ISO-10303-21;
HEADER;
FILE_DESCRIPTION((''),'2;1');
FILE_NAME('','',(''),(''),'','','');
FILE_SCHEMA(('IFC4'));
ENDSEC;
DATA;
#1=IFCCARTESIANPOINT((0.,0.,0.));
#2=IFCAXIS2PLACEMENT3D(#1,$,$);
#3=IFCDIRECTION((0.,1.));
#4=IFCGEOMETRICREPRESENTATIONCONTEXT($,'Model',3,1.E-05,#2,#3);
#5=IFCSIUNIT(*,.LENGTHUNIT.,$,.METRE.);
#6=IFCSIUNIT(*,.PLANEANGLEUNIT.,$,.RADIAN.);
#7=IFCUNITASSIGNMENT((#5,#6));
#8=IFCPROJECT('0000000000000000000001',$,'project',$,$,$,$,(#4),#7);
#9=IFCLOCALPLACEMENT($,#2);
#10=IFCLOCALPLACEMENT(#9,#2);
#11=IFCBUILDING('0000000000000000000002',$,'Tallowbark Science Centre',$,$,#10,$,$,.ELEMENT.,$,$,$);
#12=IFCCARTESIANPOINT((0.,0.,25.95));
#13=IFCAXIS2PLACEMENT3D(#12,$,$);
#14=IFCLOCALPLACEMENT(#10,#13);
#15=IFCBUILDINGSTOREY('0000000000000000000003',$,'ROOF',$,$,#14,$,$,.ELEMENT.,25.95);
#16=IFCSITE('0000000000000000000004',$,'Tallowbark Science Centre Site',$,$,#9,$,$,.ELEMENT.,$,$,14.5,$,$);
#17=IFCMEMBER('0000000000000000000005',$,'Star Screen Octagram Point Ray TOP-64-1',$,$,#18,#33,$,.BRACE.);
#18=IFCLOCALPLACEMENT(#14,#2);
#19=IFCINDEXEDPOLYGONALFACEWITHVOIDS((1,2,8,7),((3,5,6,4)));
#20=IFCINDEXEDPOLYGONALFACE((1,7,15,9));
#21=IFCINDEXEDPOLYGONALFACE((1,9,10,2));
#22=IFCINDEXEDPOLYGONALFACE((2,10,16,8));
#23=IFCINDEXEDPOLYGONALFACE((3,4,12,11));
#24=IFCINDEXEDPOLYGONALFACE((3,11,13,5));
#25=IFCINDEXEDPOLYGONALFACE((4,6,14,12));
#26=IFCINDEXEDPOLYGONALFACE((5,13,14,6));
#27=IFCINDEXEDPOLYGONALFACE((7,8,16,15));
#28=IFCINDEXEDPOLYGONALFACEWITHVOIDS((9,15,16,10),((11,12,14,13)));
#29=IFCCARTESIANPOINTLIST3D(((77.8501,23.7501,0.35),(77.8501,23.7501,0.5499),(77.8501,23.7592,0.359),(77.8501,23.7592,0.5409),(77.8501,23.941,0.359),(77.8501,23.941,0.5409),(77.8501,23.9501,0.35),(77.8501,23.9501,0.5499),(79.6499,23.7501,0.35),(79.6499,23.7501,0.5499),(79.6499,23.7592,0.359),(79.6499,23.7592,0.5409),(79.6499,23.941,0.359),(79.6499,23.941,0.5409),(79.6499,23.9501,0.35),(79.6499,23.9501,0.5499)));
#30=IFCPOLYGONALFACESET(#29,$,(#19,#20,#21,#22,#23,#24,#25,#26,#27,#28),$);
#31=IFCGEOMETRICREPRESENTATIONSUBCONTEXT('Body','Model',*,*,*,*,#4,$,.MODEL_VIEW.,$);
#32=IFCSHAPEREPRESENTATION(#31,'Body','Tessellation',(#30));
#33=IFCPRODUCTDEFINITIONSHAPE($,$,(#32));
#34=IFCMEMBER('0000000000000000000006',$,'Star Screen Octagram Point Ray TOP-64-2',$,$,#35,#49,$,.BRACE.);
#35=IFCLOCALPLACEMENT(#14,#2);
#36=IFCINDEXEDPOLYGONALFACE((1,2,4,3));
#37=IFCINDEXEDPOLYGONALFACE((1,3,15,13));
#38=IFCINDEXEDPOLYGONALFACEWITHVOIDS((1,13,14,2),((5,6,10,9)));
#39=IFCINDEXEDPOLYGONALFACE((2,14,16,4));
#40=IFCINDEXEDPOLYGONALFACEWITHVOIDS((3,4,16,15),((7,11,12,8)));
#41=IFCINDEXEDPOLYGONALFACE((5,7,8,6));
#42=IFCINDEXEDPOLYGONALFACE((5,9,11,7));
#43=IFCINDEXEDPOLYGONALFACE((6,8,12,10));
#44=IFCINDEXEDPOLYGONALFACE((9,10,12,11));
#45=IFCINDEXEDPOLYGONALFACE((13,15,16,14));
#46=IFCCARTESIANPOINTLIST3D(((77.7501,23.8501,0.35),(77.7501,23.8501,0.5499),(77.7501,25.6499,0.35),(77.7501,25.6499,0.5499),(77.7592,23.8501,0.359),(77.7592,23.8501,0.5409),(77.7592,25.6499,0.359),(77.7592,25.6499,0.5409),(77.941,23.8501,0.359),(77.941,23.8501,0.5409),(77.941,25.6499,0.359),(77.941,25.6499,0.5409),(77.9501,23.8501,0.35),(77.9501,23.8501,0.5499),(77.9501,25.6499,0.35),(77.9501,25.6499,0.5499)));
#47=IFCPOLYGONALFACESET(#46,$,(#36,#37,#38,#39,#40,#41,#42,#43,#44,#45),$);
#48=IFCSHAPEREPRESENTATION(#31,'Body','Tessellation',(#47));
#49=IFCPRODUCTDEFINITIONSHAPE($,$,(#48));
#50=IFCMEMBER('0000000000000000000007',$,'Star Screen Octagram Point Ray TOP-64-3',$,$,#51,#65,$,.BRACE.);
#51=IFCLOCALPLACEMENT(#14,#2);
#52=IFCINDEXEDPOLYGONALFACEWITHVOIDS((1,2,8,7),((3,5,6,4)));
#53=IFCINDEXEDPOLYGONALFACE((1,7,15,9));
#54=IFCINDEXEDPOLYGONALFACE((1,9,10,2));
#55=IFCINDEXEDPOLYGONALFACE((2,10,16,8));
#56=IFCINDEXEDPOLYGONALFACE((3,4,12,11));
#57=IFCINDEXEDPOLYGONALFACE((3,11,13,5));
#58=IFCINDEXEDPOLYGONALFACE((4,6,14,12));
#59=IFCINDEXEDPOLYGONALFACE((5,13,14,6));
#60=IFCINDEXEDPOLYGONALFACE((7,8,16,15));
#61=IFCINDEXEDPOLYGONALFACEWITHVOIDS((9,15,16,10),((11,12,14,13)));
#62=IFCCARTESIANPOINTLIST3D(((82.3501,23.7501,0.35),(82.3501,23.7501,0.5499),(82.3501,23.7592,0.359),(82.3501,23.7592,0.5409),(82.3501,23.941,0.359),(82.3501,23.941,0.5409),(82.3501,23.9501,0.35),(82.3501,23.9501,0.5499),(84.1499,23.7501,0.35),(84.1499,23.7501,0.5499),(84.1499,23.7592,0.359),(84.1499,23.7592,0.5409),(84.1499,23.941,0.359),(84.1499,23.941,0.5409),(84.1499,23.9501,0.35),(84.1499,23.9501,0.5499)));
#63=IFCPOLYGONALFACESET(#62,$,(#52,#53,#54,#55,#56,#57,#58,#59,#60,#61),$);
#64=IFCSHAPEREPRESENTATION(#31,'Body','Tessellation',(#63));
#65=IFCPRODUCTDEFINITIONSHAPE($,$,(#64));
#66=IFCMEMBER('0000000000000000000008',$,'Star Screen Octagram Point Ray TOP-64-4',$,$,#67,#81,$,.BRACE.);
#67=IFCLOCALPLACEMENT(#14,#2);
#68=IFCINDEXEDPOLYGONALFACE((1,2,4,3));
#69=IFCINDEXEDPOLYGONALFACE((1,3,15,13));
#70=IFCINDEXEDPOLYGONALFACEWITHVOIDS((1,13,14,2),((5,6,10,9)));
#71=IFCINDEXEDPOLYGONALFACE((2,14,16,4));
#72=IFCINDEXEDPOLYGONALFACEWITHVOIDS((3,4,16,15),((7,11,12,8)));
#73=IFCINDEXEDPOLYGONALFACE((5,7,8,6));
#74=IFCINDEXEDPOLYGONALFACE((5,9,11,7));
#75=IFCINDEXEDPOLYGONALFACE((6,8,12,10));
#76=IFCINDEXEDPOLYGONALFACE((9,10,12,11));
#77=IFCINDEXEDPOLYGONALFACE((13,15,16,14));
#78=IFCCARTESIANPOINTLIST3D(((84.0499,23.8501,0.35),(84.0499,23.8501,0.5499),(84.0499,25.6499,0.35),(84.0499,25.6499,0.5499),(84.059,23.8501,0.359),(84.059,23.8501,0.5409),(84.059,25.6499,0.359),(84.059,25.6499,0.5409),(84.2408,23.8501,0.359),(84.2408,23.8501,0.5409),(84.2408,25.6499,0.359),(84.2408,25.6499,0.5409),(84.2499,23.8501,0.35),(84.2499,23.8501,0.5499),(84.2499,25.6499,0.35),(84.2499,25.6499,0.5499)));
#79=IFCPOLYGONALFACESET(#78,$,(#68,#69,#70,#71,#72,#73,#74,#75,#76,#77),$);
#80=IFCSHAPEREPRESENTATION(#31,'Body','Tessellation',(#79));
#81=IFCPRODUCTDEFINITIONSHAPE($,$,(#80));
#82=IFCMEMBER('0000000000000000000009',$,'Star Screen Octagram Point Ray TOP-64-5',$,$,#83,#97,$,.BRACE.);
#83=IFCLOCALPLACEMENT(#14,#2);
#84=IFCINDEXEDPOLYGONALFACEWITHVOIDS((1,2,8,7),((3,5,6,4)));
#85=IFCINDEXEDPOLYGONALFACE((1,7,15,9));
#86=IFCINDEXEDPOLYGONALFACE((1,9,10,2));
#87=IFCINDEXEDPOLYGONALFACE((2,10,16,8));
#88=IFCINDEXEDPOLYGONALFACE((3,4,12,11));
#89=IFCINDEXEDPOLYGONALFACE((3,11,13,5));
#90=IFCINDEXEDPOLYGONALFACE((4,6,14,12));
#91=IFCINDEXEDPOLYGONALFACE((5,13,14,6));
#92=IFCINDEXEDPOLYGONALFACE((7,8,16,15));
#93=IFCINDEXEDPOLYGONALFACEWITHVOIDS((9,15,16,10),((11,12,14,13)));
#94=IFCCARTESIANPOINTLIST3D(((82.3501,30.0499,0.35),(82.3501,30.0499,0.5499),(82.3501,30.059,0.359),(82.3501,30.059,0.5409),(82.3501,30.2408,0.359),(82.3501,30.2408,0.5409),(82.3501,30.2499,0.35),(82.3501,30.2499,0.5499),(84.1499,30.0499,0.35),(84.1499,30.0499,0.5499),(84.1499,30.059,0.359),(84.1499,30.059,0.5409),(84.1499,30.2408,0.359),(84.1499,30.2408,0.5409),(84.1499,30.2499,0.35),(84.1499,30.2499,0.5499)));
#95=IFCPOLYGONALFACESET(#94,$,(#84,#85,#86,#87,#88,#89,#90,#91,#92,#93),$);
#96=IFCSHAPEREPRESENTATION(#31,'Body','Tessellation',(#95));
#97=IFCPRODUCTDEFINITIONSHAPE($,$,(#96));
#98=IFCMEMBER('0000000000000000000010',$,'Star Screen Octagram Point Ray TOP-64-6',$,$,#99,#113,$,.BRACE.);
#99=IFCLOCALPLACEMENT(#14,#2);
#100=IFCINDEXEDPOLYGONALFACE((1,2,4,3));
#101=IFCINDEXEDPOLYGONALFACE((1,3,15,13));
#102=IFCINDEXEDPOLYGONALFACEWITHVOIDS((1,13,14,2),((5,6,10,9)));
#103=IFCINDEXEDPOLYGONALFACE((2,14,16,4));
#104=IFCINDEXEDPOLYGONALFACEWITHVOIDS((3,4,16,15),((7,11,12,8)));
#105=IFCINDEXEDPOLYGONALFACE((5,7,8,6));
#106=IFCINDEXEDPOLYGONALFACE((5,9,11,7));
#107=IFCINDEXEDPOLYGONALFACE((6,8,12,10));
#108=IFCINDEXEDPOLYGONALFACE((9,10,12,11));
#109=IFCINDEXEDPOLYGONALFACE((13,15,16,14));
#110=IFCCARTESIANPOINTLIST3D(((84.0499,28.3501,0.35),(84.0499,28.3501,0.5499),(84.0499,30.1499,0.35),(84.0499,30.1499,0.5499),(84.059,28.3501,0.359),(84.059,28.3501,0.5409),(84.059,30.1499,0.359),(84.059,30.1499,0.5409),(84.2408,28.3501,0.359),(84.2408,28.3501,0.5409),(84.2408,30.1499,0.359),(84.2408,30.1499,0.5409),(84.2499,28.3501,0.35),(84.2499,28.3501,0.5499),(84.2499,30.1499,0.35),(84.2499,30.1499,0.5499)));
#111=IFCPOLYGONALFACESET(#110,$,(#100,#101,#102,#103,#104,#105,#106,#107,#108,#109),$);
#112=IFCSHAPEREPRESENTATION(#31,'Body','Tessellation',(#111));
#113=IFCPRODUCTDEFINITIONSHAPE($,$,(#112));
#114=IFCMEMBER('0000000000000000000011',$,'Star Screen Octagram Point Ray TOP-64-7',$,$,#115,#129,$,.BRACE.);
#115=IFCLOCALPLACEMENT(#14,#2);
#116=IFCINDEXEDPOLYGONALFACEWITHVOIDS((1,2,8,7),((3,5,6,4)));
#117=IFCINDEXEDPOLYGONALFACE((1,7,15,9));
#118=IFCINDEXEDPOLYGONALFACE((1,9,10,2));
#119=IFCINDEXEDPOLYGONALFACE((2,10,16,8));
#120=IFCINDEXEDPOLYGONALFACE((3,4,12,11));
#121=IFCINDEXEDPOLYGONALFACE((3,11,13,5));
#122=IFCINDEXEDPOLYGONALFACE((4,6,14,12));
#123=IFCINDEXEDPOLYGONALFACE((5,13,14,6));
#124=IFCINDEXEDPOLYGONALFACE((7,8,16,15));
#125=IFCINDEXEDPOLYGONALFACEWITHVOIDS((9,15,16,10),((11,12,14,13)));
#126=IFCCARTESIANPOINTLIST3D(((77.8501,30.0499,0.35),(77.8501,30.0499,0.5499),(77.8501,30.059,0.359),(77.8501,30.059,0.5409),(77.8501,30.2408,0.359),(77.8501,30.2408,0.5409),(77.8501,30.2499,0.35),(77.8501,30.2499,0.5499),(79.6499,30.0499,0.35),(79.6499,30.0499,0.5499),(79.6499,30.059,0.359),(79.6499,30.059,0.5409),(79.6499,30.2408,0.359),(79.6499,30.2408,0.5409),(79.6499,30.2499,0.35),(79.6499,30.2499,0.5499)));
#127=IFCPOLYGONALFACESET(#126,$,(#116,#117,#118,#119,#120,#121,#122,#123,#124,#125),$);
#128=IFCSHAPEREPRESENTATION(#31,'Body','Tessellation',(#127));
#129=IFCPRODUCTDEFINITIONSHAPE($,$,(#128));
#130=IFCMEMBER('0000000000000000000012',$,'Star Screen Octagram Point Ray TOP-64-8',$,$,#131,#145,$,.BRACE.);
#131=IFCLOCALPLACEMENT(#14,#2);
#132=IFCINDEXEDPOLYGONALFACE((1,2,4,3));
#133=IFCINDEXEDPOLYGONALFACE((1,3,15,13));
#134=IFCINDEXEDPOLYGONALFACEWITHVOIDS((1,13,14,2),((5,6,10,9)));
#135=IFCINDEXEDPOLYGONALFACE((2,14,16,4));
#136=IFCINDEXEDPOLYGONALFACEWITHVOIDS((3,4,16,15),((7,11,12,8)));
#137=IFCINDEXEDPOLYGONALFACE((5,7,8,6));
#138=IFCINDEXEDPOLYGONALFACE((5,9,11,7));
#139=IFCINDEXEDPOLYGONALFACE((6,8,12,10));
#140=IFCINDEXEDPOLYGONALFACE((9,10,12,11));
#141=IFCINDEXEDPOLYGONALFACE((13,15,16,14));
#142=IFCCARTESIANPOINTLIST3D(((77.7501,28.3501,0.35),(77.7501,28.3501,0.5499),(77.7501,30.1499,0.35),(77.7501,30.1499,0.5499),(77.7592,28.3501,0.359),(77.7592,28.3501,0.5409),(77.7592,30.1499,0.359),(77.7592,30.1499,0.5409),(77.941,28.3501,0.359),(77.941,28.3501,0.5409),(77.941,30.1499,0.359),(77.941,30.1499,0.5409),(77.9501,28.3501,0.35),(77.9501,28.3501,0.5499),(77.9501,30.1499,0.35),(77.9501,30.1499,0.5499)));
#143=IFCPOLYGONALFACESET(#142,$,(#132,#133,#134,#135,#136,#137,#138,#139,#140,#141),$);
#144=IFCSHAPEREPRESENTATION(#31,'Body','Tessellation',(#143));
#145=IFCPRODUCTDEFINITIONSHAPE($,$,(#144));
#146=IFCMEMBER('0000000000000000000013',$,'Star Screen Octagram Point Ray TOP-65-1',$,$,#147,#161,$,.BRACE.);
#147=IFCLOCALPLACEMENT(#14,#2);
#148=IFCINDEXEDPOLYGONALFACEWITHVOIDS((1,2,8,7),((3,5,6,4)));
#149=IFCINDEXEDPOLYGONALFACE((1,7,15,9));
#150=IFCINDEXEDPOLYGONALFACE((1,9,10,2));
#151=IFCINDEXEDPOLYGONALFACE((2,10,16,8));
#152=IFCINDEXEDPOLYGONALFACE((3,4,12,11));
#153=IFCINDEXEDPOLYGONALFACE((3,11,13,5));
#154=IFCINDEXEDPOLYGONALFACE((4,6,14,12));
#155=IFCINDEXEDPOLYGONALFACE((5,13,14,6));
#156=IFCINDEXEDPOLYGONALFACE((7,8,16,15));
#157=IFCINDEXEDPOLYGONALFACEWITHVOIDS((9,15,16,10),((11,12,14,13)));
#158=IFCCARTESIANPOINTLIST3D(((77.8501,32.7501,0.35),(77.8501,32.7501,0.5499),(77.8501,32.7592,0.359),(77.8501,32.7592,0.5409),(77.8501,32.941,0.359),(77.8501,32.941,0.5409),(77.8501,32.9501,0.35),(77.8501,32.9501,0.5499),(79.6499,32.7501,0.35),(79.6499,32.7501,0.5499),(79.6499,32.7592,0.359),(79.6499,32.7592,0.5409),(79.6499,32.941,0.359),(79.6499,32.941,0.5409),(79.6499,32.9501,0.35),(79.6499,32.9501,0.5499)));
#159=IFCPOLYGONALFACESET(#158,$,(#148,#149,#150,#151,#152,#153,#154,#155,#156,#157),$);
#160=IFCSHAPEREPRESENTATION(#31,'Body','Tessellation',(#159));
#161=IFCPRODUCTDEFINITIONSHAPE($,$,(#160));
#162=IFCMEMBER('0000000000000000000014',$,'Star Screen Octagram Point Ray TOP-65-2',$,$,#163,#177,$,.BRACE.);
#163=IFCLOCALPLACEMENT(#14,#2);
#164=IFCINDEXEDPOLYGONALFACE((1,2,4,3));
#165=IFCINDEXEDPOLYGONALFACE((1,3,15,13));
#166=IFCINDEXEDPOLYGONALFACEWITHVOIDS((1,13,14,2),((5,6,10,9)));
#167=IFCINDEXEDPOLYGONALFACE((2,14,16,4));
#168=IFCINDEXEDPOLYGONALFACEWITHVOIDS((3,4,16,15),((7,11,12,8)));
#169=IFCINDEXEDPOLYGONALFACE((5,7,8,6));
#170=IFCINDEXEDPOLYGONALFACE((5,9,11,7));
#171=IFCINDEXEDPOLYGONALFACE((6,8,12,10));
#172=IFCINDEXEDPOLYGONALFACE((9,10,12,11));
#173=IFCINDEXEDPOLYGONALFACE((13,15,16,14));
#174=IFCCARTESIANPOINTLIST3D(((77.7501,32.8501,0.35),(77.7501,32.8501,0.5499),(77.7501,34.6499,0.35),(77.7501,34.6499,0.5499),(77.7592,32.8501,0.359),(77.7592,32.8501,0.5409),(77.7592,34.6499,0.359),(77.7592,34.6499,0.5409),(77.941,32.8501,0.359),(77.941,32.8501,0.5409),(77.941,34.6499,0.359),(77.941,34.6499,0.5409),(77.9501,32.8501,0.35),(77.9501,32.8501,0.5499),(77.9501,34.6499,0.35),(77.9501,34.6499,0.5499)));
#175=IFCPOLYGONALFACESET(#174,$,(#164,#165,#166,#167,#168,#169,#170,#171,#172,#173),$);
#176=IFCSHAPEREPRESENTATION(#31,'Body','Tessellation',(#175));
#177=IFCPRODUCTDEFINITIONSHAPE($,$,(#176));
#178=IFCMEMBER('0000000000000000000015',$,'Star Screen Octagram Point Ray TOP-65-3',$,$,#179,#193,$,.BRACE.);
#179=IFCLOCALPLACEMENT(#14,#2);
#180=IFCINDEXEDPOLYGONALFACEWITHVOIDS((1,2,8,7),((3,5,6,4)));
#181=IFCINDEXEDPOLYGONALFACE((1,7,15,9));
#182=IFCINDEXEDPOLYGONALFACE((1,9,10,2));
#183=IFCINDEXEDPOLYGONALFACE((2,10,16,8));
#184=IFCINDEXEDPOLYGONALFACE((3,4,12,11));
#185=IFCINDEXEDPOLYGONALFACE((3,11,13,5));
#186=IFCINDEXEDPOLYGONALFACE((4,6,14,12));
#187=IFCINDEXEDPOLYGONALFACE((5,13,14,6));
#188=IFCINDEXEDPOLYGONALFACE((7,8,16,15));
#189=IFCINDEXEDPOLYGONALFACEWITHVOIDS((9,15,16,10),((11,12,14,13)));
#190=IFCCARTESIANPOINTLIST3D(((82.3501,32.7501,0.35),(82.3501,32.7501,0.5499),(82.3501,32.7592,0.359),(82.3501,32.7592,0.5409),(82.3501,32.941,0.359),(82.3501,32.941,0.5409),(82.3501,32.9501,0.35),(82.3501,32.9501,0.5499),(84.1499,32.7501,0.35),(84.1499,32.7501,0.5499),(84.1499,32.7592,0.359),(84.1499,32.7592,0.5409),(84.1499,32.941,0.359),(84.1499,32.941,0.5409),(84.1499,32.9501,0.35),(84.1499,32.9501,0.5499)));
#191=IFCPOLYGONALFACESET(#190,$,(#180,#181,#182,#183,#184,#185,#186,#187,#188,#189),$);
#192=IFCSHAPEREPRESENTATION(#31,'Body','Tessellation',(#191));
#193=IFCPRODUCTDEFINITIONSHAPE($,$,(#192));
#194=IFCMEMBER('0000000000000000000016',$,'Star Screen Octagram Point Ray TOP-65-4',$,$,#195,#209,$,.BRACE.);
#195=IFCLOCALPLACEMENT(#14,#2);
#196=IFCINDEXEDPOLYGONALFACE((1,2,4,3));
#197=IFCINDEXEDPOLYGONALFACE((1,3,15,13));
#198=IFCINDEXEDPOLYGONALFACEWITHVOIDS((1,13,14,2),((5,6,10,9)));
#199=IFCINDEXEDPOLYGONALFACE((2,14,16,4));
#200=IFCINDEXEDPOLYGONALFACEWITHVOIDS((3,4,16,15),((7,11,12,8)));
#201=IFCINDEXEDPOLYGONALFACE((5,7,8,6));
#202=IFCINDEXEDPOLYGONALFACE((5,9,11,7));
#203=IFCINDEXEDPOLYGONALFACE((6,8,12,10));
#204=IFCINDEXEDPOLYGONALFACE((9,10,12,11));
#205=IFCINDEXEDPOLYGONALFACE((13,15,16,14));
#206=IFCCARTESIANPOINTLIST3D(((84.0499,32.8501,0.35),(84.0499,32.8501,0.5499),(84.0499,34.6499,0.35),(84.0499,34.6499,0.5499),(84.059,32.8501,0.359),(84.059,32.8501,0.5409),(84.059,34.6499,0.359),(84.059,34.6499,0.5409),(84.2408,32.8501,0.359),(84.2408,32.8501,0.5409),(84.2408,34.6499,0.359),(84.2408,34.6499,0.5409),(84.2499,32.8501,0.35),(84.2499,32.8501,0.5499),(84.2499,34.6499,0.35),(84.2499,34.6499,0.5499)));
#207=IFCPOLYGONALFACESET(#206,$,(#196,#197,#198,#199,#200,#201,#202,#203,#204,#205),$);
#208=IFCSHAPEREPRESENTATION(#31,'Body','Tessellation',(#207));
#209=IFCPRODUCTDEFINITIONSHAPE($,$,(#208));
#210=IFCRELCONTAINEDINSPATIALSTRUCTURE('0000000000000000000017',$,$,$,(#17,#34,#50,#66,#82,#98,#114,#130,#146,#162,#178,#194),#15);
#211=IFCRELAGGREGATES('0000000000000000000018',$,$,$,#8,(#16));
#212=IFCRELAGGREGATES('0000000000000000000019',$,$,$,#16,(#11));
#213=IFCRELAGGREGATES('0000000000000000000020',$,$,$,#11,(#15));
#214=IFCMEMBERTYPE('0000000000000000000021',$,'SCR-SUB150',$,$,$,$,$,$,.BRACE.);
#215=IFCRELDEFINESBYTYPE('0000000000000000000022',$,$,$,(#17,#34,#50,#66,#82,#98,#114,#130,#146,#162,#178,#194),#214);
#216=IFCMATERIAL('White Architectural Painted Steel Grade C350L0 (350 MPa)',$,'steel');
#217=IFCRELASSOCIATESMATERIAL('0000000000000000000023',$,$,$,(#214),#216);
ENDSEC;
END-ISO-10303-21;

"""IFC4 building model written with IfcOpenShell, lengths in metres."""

from ifc_helpers import new_model, si_unit, direction, frame, origin, origin_2d, place, context, subcontext, project, spatial, hollow_rectangle, extrude, material, material_profile, profile_set, type_object, element, save


model = new_model("IFC4")

# Units and contexts
model_context = context("Model", 3, precision=1e-05, world=origin(), true_north=direction((0.0, 1.0)))
body_context = subcontext(model_context, "Body", "Model", "MODEL_VIEW")
ifc_project = project(units=[si_unit("LENGTHUNIT", "METRE"), si_unit("PLANEANGLEUNIT", "RADIAN")], contexts=[model_context])

# Site, building, storey
site_placement = place(None, origin())
site = spatial("IfcSite", under=ifc_project, at=site_placement, Name="Tallowbark Science Centre Site", CompositionType="ELEMENT", RefElevation=14.5)
building_placement = place(site_placement, origin())
building = spatial("IfcBuilding", under=site, at=building_placement, Name="Tallowbark Science Centre", CompositionType="ELEMENT")
storey_placement = place(building_placement, frame((0.0, 0.0, 25.95)))
storey = spatial("IfcBuildingStorey", under=building, at=storey_placement, Name="ROOF", CompositionType="ELEMENT", Elevation=25.95)

# Members
ifc_material_1 = material(Name="White Architectural Painted Steel Grade C350L0 (350 MPa)", Category="steel")
ifc_material_profile_1 = material_profile(ifc_material_1, hollow_rectangle(XDim=0.2, YDim=0.2, WallThickness=0.009, at=origin_2d()), Name="200x200x9.0SHS")
ifc_profile_set_1 = profile_set([ifc_material_profile_1], Name="White Architectural Painted Steel Grade C350L0 (350 MPa)")
member_type_1 = type_object("IfcMemberType", Name="SCR-SUB150", PredefinedType="BRACE", material=ifc_profile_set_1)
for number, where, z_axis, x_axis, name in (
    (1, (77.8501, 23.8501, 0.45), (1.0, 0.0, 0.0), (0.0, 1.0, 0.0), "Star Screen Octagram Point Ray TOP-64-1"),
    (2, (77.8501, 23.8501, 0.45), (0.0, 1.0, 0.0), (-1.0, 0.0, 0.0), "Star Screen Octagram Point Ray TOP-64-2"),
    (3, (84.1499, 23.8501, 0.45), (-1.0, 0.0, 0.0), (0.0, -1.0, 0.0), "Star Screen Octagram Point Ray TOP-64-3"),
    (4, (84.1499, 23.8501, 0.45), (0.0, 1.0, 0.0), (-1.0, 0.0, 0.0), "Star Screen Octagram Point Ray TOP-64-4"),
    (5, (84.1499, 30.1499, 0.45), (-1.0, 0.0, 0.0), (0.0, -1.0, 0.0), "Star Screen Octagram Point Ray TOP-64-5"),
    (6, (84.1499, 30.1499, 0.45), (0.0, -1.0, 0.0), (1.0, 0.0, 0.0), "Star Screen Octagram Point Ray TOP-64-6"),
    (7, (77.8501, 30.1499, 0.45), (1.0, 0.0, 0.0), (0.0, 1.0, 0.0), "Star Screen Octagram Point Ray TOP-64-7"),
    (8, (77.8501, 30.1499, 0.45), (0.0, -1.0, 0.0), (1.0, 0.0, 0.0), "Star Screen Octagram Point Ray TOP-64-8"),
    (9, (77.8501, 32.8501, 0.45), (1.0, 0.0, 0.0), (0.0, 1.0, 0.0), "Star Screen Octagram Point Ray TOP-65-1"),
    (10, (77.8501, 32.8501, 0.45), (0.0, 1.0, 0.0), (-1.0, 0.0, 0.0), "Star Screen Octagram Point Ray TOP-65-2"),
    (11, (84.1499, 32.8501, 0.45), (-1.0, 0.0, 0.0), (0.0, -1.0, 0.0), "Star Screen Octagram Point Ray TOP-65-3"),
    (12, (84.1499, 32.8501, 0.45), (0.0, 1.0, 0.0), (-1.0, 0.0, 0.0), "Star Screen Octagram Point Ray TOP-65-4"),
):
    element("IfcMember", number, at=place(storey_placement, frame(where, z_axis=z_axis, x_axis=x_axis)), inside=storey, type_object=member_type_1, Name=name, PredefinedType="BRACE", context=body_context, shape_type="SweptSolid", body=[
        extrude(hollow_rectangle(XDim=0.2, YDim=0.2, WallThickness=0.009, at=origin_2d()), origin(), (0.0, 0.0, 1.0), 1.7998),
    ])

save(model, "model.ifc")
